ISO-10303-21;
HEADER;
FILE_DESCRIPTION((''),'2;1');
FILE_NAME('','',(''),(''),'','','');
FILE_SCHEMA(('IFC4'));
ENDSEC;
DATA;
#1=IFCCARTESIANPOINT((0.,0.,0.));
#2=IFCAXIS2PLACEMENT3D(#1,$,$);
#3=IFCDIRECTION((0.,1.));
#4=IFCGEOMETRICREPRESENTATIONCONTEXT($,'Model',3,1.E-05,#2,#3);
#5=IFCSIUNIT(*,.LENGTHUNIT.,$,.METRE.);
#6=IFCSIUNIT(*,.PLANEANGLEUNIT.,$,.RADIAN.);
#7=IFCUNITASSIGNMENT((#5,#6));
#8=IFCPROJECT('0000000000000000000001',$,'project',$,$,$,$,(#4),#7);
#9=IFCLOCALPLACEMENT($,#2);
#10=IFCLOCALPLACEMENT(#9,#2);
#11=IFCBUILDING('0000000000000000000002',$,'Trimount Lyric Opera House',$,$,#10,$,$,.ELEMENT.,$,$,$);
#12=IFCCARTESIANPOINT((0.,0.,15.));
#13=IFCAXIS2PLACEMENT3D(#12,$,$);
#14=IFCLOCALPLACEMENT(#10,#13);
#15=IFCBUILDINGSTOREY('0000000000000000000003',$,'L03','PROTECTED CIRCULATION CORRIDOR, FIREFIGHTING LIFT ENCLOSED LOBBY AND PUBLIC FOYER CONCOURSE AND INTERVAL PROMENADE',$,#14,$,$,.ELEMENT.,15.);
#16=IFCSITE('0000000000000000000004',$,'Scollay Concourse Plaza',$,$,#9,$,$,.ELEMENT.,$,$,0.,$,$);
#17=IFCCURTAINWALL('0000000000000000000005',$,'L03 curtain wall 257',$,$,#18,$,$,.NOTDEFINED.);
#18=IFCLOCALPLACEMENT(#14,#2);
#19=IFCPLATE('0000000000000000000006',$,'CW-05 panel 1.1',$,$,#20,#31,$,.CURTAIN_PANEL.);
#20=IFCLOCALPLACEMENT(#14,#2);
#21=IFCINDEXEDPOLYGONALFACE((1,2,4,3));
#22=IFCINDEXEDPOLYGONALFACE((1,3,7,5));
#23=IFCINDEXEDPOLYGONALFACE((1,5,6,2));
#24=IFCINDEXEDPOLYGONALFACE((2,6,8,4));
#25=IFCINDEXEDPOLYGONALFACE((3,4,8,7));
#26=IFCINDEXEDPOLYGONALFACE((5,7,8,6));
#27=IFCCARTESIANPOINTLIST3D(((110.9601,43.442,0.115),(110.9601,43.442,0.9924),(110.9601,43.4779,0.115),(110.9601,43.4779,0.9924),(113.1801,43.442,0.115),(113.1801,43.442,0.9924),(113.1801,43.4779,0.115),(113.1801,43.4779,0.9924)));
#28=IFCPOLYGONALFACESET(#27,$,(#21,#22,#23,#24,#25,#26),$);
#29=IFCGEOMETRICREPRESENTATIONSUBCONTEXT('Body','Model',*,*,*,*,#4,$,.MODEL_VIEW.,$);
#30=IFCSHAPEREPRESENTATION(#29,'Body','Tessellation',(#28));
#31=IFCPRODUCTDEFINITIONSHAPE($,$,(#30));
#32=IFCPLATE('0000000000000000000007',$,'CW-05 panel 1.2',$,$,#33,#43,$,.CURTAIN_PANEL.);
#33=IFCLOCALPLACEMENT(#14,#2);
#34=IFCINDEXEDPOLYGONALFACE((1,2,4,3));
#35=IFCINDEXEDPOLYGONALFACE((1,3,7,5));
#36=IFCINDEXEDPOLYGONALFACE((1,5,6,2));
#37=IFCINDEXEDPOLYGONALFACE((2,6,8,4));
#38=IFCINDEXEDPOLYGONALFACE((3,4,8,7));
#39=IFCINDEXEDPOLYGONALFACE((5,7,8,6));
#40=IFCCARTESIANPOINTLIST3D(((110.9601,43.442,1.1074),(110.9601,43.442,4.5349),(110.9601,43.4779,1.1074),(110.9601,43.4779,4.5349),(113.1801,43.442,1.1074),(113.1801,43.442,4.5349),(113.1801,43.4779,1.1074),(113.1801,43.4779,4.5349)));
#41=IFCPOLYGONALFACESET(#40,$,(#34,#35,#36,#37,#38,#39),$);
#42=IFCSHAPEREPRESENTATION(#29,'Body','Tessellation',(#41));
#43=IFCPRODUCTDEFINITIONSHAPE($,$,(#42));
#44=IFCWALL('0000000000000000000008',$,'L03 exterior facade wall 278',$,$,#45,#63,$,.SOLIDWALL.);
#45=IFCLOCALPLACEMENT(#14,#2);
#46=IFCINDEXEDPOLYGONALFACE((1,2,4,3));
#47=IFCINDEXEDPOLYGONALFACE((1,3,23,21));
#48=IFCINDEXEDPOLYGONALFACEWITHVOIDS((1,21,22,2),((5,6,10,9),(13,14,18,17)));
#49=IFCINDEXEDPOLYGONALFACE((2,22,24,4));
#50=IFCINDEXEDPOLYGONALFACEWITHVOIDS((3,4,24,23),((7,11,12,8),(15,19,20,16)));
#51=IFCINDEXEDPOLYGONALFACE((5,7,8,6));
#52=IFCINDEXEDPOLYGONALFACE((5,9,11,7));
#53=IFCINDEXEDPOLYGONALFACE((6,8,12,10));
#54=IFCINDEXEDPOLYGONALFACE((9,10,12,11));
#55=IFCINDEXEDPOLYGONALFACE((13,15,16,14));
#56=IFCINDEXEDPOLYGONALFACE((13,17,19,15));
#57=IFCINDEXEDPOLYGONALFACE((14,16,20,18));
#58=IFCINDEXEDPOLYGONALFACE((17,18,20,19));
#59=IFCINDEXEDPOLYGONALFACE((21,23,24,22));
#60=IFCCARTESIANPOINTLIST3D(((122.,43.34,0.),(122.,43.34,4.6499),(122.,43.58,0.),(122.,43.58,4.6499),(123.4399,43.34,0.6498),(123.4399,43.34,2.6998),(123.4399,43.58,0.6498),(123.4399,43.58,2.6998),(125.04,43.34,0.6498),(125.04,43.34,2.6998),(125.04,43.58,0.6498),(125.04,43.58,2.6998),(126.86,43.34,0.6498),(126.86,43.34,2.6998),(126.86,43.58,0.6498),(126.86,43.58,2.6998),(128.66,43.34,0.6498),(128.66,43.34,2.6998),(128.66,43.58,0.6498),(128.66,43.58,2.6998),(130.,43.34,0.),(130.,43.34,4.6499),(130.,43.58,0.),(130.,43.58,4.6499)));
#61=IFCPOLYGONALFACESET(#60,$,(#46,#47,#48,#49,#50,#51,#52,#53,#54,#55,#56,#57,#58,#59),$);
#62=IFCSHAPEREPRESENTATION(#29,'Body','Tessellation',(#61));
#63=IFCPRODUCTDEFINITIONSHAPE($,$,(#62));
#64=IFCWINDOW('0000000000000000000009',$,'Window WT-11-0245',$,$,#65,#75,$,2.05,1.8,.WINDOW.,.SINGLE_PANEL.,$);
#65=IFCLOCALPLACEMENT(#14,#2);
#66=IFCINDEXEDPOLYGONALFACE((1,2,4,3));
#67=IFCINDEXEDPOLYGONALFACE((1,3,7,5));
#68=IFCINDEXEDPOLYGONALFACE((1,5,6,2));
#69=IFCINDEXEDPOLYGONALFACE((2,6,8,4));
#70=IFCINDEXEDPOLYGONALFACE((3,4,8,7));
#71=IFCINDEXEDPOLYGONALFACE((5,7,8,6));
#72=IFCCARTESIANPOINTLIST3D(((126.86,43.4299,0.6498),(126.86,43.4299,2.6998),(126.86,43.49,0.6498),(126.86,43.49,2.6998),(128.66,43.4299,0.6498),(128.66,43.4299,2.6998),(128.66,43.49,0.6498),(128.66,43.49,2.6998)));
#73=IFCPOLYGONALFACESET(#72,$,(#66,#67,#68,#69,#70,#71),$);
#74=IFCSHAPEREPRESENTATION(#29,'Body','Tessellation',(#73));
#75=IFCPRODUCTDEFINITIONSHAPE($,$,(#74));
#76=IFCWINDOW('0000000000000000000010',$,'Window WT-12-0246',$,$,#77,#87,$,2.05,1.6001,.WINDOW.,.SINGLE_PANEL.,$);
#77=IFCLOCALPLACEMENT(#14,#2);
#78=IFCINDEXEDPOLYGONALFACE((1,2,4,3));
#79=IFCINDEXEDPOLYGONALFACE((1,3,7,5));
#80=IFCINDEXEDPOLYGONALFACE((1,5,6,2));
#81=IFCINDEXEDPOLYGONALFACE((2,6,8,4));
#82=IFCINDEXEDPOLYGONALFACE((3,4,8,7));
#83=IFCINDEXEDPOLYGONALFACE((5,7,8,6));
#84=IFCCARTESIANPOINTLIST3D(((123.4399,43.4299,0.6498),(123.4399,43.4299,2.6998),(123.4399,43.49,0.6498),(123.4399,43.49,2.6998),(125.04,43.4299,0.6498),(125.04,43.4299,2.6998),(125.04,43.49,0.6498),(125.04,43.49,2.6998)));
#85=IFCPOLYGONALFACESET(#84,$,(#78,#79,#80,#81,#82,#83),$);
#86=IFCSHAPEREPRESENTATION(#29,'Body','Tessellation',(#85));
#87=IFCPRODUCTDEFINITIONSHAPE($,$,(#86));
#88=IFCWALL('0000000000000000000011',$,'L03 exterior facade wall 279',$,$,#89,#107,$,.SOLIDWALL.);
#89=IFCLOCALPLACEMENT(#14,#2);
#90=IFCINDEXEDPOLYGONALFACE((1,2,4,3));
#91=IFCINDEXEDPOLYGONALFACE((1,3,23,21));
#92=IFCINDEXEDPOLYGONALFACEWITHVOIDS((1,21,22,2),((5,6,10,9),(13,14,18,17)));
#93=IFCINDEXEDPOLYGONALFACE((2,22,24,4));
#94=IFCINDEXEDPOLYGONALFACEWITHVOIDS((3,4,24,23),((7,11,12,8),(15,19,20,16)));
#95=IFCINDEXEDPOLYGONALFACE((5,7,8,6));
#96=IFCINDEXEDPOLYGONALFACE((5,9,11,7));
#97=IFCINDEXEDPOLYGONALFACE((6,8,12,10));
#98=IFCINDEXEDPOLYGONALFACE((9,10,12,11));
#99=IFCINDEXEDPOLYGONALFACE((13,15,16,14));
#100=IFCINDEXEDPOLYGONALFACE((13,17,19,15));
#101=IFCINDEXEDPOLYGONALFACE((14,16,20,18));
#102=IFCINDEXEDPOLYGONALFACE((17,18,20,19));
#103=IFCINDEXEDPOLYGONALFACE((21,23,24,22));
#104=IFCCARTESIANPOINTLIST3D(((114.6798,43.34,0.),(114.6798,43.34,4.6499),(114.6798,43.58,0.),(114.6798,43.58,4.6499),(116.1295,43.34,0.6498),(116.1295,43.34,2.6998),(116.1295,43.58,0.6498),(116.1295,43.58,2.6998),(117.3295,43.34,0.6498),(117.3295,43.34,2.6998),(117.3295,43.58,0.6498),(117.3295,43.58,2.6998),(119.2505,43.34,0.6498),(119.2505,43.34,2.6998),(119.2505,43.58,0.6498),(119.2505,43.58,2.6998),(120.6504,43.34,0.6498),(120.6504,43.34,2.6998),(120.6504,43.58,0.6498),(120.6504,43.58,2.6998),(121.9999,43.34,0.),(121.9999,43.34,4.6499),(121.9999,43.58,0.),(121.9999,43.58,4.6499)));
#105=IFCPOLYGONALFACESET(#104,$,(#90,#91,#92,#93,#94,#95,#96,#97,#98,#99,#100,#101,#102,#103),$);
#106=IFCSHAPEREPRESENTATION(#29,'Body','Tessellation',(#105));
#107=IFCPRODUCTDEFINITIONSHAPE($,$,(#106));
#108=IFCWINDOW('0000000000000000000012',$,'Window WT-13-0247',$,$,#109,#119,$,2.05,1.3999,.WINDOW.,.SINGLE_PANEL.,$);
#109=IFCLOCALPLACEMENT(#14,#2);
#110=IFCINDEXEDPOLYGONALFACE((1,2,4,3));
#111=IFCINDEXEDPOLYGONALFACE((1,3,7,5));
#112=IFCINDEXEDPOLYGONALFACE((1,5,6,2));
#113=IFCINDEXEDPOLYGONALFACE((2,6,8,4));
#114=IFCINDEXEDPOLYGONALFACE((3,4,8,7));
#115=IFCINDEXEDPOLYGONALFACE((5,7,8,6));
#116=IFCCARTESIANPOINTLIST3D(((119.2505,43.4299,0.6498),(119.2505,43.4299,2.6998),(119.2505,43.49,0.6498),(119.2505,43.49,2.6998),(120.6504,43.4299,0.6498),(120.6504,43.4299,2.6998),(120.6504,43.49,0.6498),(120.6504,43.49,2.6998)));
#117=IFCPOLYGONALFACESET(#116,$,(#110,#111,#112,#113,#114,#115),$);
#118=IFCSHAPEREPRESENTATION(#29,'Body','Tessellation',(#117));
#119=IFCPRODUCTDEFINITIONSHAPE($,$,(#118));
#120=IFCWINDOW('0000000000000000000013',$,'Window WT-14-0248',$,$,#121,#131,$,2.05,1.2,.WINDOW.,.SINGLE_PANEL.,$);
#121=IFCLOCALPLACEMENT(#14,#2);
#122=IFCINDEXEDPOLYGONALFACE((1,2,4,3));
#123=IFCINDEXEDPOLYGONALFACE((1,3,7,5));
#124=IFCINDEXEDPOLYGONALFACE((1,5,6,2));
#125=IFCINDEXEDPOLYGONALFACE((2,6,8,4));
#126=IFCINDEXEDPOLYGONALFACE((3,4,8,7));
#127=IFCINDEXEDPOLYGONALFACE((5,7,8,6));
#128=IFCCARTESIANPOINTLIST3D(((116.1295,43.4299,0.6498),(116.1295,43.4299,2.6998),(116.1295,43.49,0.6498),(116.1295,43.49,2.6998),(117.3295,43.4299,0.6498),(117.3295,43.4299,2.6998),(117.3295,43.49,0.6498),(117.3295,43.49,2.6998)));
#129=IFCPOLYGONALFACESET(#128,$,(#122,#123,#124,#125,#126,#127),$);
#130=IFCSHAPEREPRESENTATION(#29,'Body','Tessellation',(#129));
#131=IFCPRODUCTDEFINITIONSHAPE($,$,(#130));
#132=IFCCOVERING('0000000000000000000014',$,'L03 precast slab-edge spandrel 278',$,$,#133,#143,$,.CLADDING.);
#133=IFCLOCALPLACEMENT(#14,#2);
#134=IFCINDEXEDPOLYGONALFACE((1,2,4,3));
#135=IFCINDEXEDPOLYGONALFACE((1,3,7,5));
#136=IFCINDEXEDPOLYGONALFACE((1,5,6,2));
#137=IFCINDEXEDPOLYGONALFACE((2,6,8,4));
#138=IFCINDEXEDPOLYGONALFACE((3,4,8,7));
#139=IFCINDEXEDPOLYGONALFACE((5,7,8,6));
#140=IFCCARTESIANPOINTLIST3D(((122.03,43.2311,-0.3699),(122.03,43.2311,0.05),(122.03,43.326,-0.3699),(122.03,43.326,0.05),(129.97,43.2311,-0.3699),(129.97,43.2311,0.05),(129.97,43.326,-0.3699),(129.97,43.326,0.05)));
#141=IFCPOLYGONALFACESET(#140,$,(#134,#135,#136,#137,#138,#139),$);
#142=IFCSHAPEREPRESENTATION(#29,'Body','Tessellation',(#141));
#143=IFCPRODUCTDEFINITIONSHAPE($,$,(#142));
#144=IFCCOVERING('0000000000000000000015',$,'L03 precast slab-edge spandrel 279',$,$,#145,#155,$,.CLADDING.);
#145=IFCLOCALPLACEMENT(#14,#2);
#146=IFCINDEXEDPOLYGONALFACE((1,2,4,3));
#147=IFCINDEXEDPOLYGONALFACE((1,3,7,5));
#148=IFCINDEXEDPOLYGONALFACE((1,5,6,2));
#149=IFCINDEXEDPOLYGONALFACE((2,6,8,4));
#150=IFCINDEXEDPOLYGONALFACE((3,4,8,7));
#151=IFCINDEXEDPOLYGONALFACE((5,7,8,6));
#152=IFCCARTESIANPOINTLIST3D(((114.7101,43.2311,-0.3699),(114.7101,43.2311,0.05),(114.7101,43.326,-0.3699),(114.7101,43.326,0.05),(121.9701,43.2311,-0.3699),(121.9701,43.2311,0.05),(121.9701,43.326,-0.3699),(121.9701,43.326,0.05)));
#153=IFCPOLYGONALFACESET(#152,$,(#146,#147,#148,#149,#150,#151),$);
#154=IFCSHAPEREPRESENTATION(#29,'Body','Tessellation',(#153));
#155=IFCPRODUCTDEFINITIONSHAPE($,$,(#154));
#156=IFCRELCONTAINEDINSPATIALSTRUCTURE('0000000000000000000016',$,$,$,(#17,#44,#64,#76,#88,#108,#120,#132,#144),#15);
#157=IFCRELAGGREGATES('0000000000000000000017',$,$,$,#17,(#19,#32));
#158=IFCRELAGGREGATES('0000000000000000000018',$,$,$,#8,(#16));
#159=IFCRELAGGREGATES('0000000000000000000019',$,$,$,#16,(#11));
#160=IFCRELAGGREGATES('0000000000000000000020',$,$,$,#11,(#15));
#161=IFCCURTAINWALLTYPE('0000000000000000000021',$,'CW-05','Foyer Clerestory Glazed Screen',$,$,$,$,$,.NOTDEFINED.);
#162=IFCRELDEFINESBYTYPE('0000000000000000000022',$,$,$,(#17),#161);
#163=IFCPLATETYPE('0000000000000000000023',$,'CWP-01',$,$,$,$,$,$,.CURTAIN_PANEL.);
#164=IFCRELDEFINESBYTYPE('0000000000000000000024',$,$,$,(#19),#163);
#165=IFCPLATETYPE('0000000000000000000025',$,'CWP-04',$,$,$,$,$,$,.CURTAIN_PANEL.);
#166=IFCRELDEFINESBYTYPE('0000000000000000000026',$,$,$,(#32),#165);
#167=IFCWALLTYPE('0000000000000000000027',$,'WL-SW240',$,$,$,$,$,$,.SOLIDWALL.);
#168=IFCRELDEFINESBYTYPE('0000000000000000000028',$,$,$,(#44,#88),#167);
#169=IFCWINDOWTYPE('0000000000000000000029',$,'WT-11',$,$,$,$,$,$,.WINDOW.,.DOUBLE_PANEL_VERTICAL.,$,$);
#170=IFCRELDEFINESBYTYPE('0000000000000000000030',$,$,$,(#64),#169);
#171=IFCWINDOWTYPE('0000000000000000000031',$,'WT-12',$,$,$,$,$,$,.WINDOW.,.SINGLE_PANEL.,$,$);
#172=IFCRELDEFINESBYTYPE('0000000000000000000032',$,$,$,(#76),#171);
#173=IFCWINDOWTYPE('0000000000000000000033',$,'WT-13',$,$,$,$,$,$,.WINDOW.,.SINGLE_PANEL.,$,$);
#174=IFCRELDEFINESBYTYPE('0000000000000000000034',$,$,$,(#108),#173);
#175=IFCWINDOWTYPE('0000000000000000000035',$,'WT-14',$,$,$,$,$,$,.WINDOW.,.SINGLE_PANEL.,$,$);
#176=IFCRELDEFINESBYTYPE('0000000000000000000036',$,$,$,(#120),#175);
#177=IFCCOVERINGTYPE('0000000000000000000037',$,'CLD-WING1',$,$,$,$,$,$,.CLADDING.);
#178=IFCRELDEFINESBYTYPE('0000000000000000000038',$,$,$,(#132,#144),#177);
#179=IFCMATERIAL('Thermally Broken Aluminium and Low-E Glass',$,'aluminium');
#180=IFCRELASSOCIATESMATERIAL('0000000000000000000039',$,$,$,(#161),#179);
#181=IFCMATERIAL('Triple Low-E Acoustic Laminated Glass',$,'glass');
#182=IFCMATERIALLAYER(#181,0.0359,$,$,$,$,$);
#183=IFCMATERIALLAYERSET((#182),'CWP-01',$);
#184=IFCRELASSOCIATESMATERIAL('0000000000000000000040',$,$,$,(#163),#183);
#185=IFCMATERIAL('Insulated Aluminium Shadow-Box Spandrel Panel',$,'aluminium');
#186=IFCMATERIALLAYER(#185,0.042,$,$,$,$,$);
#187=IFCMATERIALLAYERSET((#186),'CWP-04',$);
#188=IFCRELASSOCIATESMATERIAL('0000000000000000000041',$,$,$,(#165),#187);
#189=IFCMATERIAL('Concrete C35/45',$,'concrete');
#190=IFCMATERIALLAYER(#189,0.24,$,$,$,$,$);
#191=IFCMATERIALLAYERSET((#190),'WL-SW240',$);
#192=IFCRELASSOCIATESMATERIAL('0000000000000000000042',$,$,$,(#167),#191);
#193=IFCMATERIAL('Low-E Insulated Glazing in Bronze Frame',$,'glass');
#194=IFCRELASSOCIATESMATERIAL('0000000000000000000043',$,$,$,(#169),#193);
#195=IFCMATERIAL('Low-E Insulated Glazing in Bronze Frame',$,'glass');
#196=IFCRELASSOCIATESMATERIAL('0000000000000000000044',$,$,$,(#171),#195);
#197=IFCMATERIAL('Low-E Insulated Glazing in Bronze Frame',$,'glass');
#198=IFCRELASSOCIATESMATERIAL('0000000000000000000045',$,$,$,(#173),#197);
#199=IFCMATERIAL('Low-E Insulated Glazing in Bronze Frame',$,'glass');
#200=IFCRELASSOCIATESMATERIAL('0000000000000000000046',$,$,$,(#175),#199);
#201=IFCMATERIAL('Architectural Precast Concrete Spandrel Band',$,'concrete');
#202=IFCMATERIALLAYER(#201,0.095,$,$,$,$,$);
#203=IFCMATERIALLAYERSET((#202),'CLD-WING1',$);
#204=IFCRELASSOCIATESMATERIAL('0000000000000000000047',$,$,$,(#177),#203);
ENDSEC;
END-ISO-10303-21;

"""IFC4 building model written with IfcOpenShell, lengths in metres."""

from ifc_helpers import new_model, si_unit, direction, frame, frame_2d, origin, origin_2d, place, context, subcontext, project, spatial, rectangle, extrude, material, layer, layer_set, type_object, element, fill, aggregate, save


model = new_model("IFC4")

# Units and contexts
model_context = context("Model", 3, precision=1e-05, world=origin(), true_north=direction((0.0, 1.0)))
body_context = subcontext(model_context, "Body", "Model", "MODEL_VIEW")
ifc_project = project(units=[si_unit("LENGTHUNIT", "METRE"), si_unit("PLANEANGLEUNIT", "RADIAN")], contexts=[model_context])

# Site, building, storey
site_placement = place(None, origin())
site = spatial("IfcSite", under=ifc_project, at=site_placement, Name="Scollay Concourse Plaza", CompositionType="ELEMENT", RefElevation=0.0)
building_placement = place(site_placement, origin())
building = spatial("IfcBuilding", under=site, at=building_placement, Name="Trimount Lyric Opera House", CompositionType="ELEMENT")
storey_placement = place(building_placement, frame((0.0, 0.0, 15.0)))
storey = spatial("IfcBuildingStorey", under=building, at=storey_placement, Name="L03", Description="PROTECTED CIRCULATION CORRIDOR, FIREFIGHTING LIFT ENCLOSED LOBBY AND PUBLIC FOYER CONCOURSE AND INTERVAL PROMENADE", CompositionType="ELEMENT", Elevation=15.0)

# Curtain wall
ifc_material_1 = material(Name="Thermally Broken Aluminium and Low-E Glass", Category="aluminium")
curtain_wall_type = type_object("IfcCurtainWallType", Name="CW-05", Description="Foyer Clerestory Glazed Screen", PredefinedType="NOTDEFINED", material=ifc_material_1)
curtain_wall_placement = place(storey_placement, origin())
curtain_wall = element("IfcCurtainWall", 1, at=curtain_wall_placement, inside=storey, type_object=curtain_wall_type, Name="L03 curtain wall 257", PredefinedType="NOTDEFINED")

# Plates
ifc_material_2 = material(Name="Triple Low-E Acoustic Laminated Glass", Category="glass")
ifc_layer_1 = layer(ifc_material_2, 0.0359)
ifc_layer_set_1 = layer_set([ifc_layer_1], Name="CWP-01")
plate_type_1 = type_object("IfcPlateType", Name="CWP-01", PredefinedType="CURTAIN_PANEL", material=ifc_layer_set_1)
plate_1_placement = place(storey_placement, frame((112.0701, 43.46, 0.115), z_axis=(0.0, 0.0, 1.0), x_axis=(-1.0, 0.0, 0.0)))
plate_1 = element("IfcPlate", 2, at=plate_1_placement, type_object=plate_type_1, Name="CW-05 panel 1.1", PredefinedType="CURTAIN_PANEL", context=body_context, shape_type="SweptSolid", body=[
    extrude(rectangle(XDim=2.22, YDim=0.0359, at=origin_2d()), origin(), (0.0, 0.0, 1.0), 0.8774),
])
ifc_material_3 = material(Name="Insulated Aluminium Shadow-Box Spandrel Panel", Category="aluminium")
ifc_layer_2 = layer(ifc_material_3, 0.042)
ifc_layer_set_2 = layer_set([ifc_layer_2], Name="CWP-04")
plate_type_2 = type_object("IfcPlateType", Name="CWP-04", PredefinedType="CURTAIN_PANEL", material=ifc_layer_set_2)
plate_2_placement = place(storey_placement, frame((112.0701, 43.46, 1.1074), z_axis=(0.0, 0.0, 1.0), x_axis=(-1.0, 0.0, 0.0)))
plate_2 = element("IfcPlate", 3, at=plate_2_placement, type_object=plate_type_2, Name="CW-05 panel 1.2", PredefinedType="CURTAIN_PANEL", context=body_context, shape_type="SweptSolid", body=[
    extrude(rectangle(XDim=2.22, YDim=0.0359, at=origin_2d()), origin(), (0.0, 0.0, 1.0), 3.4275),
])
aggregate(curtain_wall, [plate_1, plate_2])

# Walls, openings, windows
ifc_material_4 = material(Name="Concrete C35/45", Category="concrete")
ifc_layer_3 = layer(ifc_material_4, 0.24)
ifc_layer_set_3 = layer_set([ifc_layer_3], Name="WL-SW240")
wall_type = type_object("IfcWallType", Name="WL-SW240", PredefinedType="SOLIDWALL", material=ifc_layer_set_3)
wall_1_placement = place(storey_placement, frame((130.0, 43.46, 0.0), z_axis=(0.0, 0.0, 1.0), x_axis=(-1.0, 0.0, 0.0)))
wall_1 = element("IfcWall", 4, at=wall_1_placement, inside=storey, type_object=wall_type, Name="L03 exterior facade wall 278", PredefinedType="SOLIDWALL", context=body_context, shape_type="SweptSolid", body=[
    extrude(rectangle(XDim=8.0, YDim=0.24, at=frame_2d((4.0, 0.0))), origin(), (0.0, 0.0, 1.0), 4.6499),
])
opening_1_placement = place(wall_1_placement, frame((1.3401, 0.0, 0.6499)))
opening_1 = element("IfcOpeningElement", 5, at=opening_1_placement, cuts=wall_1, PredefinedType="OPENING", context=body_context, shape_type="SweptSolid", body=[
    extrude(rectangle(XDim=1.8, YDim=2.05, at=frame_2d((0.8999, 1.0249))), frame((0.0, 0.1299, 0.0), z_axis=(0.0, -1.0, 0.0), x_axis=(1.0, 0.0, 0.0)), (0.0, 0.0, 1.0), 0.26),
])
opening_2_placement = place(wall_1_placement, frame((4.96, 0.0, 0.6499)))
opening_2 = element("IfcOpeningElement", 6, at=opening_2_placement, cuts=wall_1, PredefinedType="OPENING", context=body_context, shape_type="SweptSolid", body=[
    extrude(rectangle(XDim=1.6001, YDim=2.05, at=frame_2d((0.8, 1.0249))), frame((0.0, 0.1299, 0.0), z_axis=(0.0, -1.0, 0.0), x_axis=(1.0, 0.0, 0.0)), (0.0, 0.0, 1.0), 0.26),
])
ifc_material_5 = material(Name="Low-E Insulated Glazing in Bronze Frame", Category="glass")
window_type_1 = type_object("IfcWindowType", Name="WT-11", PartitioningType="DOUBLE_PANEL_VERTICAL", PredefinedType="WINDOW", material=ifc_material_5)
window_1_placement = place(opening_1_placement, origin())
window_1 = element("IfcWindow", 7, at=window_1_placement, inside=storey, type_object=window_type_1, Name="Window WT-11-0245", OverallHeight=2.05, OverallWidth=1.8, PartitioningType="SINGLE_PANEL", PredefinedType="WINDOW", context=body_context, shape_type="SweptSolid", body=[
    extrude(rectangle(XDim=1.8, YDim=2.05, at=frame_2d((0.8999, 1.0249))), frame((0.0, 0.03, 0.0), z_axis=(0.0, -1.0, 0.0), x_axis=(1.0, 0.0, 0.0)), (0.0, 0.0, 1.0), 0.0601),
])
fill(opening_1, window_1)
ifc_material_6 = material(Name="Low-E Insulated Glazing in Bronze Frame", Category="glass")
window_type_2 = type_object("IfcWindowType", Name="WT-12", PartitioningType="SINGLE_PANEL", PredefinedType="WINDOW", material=ifc_material_6)
window_2_placement = place(opening_2_placement, origin())
window_2 = element("IfcWindow", 8, at=window_2_placement, inside=storey, type_object=window_type_2, Name="Window WT-12-0246", OverallHeight=2.05, OverallWidth=1.6001, PartitioningType="SINGLE_PANEL", PredefinedType="WINDOW", context=body_context, shape_type="SweptSolid", body=[
    extrude(rectangle(XDim=1.6001, YDim=2.05, at=frame_2d((0.8, 1.0249))), frame((0.0, 0.03, 0.0), z_axis=(0.0, -1.0, 0.0), x_axis=(1.0, 0.0, 0.0)), (0.0, 0.0, 1.0), 0.0601),
])
fill(opening_2, window_2)
wall_2_placement = place(storey_placement, frame((122.0, 43.46, 0.0), z_axis=(0.0, 0.0, 1.0), x_axis=(-1.0, 0.0, 0.0)))
wall_2 = element("IfcWall", 9, at=wall_2_placement, inside=storey, type_object=wall_type, Name="L03 exterior facade wall 279", PredefinedType="SOLIDWALL", context=body_context, shape_type="SweptSolid", body=[
    extrude(rectangle(XDim=7.3201, YDim=0.24, at=frame_2d((3.6602, 0.0))), origin(), (0.0, 0.0, 1.0), 4.6499),
])
opening_3_placement = place(wall_2_placement, frame((1.3496, 0.0, 0.6499)))
opening_3 = element("IfcOpeningElement", 10, at=opening_3_placement, cuts=wall_2, PredefinedType="OPENING", context=body_context, shape_type="SweptSolid", body=[
    extrude(rectangle(XDim=1.3999, YDim=2.05, at=frame_2d((0.7, 1.0249))), frame((0.0, 0.1299, 0.0), z_axis=(0.0, -1.0, 0.0), x_axis=(1.0, 0.0, 0.0)), (0.0, 0.0, 1.0), 0.26),
])
opening_4_placement = place(wall_2_placement, frame((4.6704, 0.0, 0.6499)))
opening_4 = element("IfcOpeningElement", 11, at=opening_4_placement, cuts=wall_2, PredefinedType="OPENING", context=body_context, shape_type="SweptSolid", body=[
    extrude(rectangle(XDim=1.2, YDim=2.05, at=frame_2d((0.6001, 1.0249))), frame((0.0, 0.1299, 0.0), z_axis=(0.0, -1.0, 0.0), x_axis=(1.0, 0.0, 0.0)), (0.0, 0.0, 1.0), 0.26),
])
ifc_material_7 = material(Name="Low-E Insulated Glazing in Bronze Frame", Category="glass")
window_type_3 = type_object("IfcWindowType", Name="WT-13", PartitioningType="SINGLE_PANEL", PredefinedType="WINDOW", material=ifc_material_7)
window_3_placement = place(opening_3_placement, origin())
window_3 = element("IfcWindow", 12, at=window_3_placement, inside=storey, type_object=window_type_3, Name="Window WT-13-0247", OverallHeight=2.05, OverallWidth=1.3999, PartitioningType="SINGLE_PANEL", PredefinedType="WINDOW", context=body_context, shape_type="SweptSolid", body=[
    extrude(rectangle(XDim=1.3999, YDim=2.05, at=frame_2d((0.7, 1.0249))), frame((0.0, 0.03, 0.0), z_axis=(0.0, -1.0, 0.0), x_axis=(1.0, 0.0, 0.0)), (0.0, 0.0, 1.0), 0.0601),
])
fill(opening_3, window_3)
ifc_material_8 = material(Name="Low-E Insulated Glazing in Bronze Frame", Category="glass")
window_type_4 = type_object("IfcWindowType", Name="WT-14", PartitioningType="SINGLE_PANEL", PredefinedType="WINDOW", material=ifc_material_8)
window_4_placement = place(opening_4_placement, origin())
window_4 = element("IfcWindow", 13, at=window_4_placement, inside=storey, type_object=window_type_4, Name="Window WT-14-0248", OverallHeight=2.05, OverallWidth=1.2, PartitioningType="SINGLE_PANEL", PredefinedType="WINDOW", context=body_context, shape_type="SweptSolid", body=[
    extrude(rectangle(XDim=1.2, YDim=2.05, at=frame_2d((0.6001, 1.0249))), frame((0.0, 0.03, 0.0), z_axis=(0.0, -1.0, 0.0), x_axis=(1.0, 0.0, 0.0)), (0.0, 0.0, 1.0), 0.0601),
])
fill(opening_4, window_4)

# Coverings
ifc_material_9 = material(Name="Architectural Precast Concrete Spandrel Band", Category="concrete")
ifc_layer_4 = layer(ifc_material_9, 0.095)
ifc_layer_set_4 = layer_set([ifc_layer_4], Name="CLD-WING1")
covering_type = type_object("IfcCoveringType", Name="CLD-WING1", PredefinedType="CLADDING", material=ifc_layer_set_4)
covering_1_placement = place(storey_placement, frame((126.0, 43.2786, -0.3699), z_axis=(0.0, 0.0, 1.0), x_axis=(-1.0, 0.0, 0.0)))
element("IfcCovering", 14, at=covering_1_placement, inside=storey, type_object=covering_type, Name="L03 precast slab-edge spandrel 278", PredefinedType="CLADDING", context=body_context, shape_type="SweptSolid", body=[
    extrude(rectangle(XDim=7.9399, YDim=0.095, at=origin_2d()), origin(), (0.0, 0.0, 1.0), 0.4199),
])
covering_2_placement = place(storey_placement, frame((118.3401, 43.2786, -0.3699), z_axis=(0.0, 0.0, 1.0), x_axis=(-1.0, 0.0, 0.0)))
element("IfcCovering", 15, at=covering_2_placement, inside=storey, type_object=covering_type, Name="L03 precast slab-edge spandrel 279", PredefinedType="CLADDING", context=body_context, shape_type="SweptSolid", body=[
    extrude(rectangle(XDim=7.26, YDim=0.095, at=origin_2d()), origin(), (0.0, 0.0, 1.0), 0.4199),
])

save(model, "model.ifc")
